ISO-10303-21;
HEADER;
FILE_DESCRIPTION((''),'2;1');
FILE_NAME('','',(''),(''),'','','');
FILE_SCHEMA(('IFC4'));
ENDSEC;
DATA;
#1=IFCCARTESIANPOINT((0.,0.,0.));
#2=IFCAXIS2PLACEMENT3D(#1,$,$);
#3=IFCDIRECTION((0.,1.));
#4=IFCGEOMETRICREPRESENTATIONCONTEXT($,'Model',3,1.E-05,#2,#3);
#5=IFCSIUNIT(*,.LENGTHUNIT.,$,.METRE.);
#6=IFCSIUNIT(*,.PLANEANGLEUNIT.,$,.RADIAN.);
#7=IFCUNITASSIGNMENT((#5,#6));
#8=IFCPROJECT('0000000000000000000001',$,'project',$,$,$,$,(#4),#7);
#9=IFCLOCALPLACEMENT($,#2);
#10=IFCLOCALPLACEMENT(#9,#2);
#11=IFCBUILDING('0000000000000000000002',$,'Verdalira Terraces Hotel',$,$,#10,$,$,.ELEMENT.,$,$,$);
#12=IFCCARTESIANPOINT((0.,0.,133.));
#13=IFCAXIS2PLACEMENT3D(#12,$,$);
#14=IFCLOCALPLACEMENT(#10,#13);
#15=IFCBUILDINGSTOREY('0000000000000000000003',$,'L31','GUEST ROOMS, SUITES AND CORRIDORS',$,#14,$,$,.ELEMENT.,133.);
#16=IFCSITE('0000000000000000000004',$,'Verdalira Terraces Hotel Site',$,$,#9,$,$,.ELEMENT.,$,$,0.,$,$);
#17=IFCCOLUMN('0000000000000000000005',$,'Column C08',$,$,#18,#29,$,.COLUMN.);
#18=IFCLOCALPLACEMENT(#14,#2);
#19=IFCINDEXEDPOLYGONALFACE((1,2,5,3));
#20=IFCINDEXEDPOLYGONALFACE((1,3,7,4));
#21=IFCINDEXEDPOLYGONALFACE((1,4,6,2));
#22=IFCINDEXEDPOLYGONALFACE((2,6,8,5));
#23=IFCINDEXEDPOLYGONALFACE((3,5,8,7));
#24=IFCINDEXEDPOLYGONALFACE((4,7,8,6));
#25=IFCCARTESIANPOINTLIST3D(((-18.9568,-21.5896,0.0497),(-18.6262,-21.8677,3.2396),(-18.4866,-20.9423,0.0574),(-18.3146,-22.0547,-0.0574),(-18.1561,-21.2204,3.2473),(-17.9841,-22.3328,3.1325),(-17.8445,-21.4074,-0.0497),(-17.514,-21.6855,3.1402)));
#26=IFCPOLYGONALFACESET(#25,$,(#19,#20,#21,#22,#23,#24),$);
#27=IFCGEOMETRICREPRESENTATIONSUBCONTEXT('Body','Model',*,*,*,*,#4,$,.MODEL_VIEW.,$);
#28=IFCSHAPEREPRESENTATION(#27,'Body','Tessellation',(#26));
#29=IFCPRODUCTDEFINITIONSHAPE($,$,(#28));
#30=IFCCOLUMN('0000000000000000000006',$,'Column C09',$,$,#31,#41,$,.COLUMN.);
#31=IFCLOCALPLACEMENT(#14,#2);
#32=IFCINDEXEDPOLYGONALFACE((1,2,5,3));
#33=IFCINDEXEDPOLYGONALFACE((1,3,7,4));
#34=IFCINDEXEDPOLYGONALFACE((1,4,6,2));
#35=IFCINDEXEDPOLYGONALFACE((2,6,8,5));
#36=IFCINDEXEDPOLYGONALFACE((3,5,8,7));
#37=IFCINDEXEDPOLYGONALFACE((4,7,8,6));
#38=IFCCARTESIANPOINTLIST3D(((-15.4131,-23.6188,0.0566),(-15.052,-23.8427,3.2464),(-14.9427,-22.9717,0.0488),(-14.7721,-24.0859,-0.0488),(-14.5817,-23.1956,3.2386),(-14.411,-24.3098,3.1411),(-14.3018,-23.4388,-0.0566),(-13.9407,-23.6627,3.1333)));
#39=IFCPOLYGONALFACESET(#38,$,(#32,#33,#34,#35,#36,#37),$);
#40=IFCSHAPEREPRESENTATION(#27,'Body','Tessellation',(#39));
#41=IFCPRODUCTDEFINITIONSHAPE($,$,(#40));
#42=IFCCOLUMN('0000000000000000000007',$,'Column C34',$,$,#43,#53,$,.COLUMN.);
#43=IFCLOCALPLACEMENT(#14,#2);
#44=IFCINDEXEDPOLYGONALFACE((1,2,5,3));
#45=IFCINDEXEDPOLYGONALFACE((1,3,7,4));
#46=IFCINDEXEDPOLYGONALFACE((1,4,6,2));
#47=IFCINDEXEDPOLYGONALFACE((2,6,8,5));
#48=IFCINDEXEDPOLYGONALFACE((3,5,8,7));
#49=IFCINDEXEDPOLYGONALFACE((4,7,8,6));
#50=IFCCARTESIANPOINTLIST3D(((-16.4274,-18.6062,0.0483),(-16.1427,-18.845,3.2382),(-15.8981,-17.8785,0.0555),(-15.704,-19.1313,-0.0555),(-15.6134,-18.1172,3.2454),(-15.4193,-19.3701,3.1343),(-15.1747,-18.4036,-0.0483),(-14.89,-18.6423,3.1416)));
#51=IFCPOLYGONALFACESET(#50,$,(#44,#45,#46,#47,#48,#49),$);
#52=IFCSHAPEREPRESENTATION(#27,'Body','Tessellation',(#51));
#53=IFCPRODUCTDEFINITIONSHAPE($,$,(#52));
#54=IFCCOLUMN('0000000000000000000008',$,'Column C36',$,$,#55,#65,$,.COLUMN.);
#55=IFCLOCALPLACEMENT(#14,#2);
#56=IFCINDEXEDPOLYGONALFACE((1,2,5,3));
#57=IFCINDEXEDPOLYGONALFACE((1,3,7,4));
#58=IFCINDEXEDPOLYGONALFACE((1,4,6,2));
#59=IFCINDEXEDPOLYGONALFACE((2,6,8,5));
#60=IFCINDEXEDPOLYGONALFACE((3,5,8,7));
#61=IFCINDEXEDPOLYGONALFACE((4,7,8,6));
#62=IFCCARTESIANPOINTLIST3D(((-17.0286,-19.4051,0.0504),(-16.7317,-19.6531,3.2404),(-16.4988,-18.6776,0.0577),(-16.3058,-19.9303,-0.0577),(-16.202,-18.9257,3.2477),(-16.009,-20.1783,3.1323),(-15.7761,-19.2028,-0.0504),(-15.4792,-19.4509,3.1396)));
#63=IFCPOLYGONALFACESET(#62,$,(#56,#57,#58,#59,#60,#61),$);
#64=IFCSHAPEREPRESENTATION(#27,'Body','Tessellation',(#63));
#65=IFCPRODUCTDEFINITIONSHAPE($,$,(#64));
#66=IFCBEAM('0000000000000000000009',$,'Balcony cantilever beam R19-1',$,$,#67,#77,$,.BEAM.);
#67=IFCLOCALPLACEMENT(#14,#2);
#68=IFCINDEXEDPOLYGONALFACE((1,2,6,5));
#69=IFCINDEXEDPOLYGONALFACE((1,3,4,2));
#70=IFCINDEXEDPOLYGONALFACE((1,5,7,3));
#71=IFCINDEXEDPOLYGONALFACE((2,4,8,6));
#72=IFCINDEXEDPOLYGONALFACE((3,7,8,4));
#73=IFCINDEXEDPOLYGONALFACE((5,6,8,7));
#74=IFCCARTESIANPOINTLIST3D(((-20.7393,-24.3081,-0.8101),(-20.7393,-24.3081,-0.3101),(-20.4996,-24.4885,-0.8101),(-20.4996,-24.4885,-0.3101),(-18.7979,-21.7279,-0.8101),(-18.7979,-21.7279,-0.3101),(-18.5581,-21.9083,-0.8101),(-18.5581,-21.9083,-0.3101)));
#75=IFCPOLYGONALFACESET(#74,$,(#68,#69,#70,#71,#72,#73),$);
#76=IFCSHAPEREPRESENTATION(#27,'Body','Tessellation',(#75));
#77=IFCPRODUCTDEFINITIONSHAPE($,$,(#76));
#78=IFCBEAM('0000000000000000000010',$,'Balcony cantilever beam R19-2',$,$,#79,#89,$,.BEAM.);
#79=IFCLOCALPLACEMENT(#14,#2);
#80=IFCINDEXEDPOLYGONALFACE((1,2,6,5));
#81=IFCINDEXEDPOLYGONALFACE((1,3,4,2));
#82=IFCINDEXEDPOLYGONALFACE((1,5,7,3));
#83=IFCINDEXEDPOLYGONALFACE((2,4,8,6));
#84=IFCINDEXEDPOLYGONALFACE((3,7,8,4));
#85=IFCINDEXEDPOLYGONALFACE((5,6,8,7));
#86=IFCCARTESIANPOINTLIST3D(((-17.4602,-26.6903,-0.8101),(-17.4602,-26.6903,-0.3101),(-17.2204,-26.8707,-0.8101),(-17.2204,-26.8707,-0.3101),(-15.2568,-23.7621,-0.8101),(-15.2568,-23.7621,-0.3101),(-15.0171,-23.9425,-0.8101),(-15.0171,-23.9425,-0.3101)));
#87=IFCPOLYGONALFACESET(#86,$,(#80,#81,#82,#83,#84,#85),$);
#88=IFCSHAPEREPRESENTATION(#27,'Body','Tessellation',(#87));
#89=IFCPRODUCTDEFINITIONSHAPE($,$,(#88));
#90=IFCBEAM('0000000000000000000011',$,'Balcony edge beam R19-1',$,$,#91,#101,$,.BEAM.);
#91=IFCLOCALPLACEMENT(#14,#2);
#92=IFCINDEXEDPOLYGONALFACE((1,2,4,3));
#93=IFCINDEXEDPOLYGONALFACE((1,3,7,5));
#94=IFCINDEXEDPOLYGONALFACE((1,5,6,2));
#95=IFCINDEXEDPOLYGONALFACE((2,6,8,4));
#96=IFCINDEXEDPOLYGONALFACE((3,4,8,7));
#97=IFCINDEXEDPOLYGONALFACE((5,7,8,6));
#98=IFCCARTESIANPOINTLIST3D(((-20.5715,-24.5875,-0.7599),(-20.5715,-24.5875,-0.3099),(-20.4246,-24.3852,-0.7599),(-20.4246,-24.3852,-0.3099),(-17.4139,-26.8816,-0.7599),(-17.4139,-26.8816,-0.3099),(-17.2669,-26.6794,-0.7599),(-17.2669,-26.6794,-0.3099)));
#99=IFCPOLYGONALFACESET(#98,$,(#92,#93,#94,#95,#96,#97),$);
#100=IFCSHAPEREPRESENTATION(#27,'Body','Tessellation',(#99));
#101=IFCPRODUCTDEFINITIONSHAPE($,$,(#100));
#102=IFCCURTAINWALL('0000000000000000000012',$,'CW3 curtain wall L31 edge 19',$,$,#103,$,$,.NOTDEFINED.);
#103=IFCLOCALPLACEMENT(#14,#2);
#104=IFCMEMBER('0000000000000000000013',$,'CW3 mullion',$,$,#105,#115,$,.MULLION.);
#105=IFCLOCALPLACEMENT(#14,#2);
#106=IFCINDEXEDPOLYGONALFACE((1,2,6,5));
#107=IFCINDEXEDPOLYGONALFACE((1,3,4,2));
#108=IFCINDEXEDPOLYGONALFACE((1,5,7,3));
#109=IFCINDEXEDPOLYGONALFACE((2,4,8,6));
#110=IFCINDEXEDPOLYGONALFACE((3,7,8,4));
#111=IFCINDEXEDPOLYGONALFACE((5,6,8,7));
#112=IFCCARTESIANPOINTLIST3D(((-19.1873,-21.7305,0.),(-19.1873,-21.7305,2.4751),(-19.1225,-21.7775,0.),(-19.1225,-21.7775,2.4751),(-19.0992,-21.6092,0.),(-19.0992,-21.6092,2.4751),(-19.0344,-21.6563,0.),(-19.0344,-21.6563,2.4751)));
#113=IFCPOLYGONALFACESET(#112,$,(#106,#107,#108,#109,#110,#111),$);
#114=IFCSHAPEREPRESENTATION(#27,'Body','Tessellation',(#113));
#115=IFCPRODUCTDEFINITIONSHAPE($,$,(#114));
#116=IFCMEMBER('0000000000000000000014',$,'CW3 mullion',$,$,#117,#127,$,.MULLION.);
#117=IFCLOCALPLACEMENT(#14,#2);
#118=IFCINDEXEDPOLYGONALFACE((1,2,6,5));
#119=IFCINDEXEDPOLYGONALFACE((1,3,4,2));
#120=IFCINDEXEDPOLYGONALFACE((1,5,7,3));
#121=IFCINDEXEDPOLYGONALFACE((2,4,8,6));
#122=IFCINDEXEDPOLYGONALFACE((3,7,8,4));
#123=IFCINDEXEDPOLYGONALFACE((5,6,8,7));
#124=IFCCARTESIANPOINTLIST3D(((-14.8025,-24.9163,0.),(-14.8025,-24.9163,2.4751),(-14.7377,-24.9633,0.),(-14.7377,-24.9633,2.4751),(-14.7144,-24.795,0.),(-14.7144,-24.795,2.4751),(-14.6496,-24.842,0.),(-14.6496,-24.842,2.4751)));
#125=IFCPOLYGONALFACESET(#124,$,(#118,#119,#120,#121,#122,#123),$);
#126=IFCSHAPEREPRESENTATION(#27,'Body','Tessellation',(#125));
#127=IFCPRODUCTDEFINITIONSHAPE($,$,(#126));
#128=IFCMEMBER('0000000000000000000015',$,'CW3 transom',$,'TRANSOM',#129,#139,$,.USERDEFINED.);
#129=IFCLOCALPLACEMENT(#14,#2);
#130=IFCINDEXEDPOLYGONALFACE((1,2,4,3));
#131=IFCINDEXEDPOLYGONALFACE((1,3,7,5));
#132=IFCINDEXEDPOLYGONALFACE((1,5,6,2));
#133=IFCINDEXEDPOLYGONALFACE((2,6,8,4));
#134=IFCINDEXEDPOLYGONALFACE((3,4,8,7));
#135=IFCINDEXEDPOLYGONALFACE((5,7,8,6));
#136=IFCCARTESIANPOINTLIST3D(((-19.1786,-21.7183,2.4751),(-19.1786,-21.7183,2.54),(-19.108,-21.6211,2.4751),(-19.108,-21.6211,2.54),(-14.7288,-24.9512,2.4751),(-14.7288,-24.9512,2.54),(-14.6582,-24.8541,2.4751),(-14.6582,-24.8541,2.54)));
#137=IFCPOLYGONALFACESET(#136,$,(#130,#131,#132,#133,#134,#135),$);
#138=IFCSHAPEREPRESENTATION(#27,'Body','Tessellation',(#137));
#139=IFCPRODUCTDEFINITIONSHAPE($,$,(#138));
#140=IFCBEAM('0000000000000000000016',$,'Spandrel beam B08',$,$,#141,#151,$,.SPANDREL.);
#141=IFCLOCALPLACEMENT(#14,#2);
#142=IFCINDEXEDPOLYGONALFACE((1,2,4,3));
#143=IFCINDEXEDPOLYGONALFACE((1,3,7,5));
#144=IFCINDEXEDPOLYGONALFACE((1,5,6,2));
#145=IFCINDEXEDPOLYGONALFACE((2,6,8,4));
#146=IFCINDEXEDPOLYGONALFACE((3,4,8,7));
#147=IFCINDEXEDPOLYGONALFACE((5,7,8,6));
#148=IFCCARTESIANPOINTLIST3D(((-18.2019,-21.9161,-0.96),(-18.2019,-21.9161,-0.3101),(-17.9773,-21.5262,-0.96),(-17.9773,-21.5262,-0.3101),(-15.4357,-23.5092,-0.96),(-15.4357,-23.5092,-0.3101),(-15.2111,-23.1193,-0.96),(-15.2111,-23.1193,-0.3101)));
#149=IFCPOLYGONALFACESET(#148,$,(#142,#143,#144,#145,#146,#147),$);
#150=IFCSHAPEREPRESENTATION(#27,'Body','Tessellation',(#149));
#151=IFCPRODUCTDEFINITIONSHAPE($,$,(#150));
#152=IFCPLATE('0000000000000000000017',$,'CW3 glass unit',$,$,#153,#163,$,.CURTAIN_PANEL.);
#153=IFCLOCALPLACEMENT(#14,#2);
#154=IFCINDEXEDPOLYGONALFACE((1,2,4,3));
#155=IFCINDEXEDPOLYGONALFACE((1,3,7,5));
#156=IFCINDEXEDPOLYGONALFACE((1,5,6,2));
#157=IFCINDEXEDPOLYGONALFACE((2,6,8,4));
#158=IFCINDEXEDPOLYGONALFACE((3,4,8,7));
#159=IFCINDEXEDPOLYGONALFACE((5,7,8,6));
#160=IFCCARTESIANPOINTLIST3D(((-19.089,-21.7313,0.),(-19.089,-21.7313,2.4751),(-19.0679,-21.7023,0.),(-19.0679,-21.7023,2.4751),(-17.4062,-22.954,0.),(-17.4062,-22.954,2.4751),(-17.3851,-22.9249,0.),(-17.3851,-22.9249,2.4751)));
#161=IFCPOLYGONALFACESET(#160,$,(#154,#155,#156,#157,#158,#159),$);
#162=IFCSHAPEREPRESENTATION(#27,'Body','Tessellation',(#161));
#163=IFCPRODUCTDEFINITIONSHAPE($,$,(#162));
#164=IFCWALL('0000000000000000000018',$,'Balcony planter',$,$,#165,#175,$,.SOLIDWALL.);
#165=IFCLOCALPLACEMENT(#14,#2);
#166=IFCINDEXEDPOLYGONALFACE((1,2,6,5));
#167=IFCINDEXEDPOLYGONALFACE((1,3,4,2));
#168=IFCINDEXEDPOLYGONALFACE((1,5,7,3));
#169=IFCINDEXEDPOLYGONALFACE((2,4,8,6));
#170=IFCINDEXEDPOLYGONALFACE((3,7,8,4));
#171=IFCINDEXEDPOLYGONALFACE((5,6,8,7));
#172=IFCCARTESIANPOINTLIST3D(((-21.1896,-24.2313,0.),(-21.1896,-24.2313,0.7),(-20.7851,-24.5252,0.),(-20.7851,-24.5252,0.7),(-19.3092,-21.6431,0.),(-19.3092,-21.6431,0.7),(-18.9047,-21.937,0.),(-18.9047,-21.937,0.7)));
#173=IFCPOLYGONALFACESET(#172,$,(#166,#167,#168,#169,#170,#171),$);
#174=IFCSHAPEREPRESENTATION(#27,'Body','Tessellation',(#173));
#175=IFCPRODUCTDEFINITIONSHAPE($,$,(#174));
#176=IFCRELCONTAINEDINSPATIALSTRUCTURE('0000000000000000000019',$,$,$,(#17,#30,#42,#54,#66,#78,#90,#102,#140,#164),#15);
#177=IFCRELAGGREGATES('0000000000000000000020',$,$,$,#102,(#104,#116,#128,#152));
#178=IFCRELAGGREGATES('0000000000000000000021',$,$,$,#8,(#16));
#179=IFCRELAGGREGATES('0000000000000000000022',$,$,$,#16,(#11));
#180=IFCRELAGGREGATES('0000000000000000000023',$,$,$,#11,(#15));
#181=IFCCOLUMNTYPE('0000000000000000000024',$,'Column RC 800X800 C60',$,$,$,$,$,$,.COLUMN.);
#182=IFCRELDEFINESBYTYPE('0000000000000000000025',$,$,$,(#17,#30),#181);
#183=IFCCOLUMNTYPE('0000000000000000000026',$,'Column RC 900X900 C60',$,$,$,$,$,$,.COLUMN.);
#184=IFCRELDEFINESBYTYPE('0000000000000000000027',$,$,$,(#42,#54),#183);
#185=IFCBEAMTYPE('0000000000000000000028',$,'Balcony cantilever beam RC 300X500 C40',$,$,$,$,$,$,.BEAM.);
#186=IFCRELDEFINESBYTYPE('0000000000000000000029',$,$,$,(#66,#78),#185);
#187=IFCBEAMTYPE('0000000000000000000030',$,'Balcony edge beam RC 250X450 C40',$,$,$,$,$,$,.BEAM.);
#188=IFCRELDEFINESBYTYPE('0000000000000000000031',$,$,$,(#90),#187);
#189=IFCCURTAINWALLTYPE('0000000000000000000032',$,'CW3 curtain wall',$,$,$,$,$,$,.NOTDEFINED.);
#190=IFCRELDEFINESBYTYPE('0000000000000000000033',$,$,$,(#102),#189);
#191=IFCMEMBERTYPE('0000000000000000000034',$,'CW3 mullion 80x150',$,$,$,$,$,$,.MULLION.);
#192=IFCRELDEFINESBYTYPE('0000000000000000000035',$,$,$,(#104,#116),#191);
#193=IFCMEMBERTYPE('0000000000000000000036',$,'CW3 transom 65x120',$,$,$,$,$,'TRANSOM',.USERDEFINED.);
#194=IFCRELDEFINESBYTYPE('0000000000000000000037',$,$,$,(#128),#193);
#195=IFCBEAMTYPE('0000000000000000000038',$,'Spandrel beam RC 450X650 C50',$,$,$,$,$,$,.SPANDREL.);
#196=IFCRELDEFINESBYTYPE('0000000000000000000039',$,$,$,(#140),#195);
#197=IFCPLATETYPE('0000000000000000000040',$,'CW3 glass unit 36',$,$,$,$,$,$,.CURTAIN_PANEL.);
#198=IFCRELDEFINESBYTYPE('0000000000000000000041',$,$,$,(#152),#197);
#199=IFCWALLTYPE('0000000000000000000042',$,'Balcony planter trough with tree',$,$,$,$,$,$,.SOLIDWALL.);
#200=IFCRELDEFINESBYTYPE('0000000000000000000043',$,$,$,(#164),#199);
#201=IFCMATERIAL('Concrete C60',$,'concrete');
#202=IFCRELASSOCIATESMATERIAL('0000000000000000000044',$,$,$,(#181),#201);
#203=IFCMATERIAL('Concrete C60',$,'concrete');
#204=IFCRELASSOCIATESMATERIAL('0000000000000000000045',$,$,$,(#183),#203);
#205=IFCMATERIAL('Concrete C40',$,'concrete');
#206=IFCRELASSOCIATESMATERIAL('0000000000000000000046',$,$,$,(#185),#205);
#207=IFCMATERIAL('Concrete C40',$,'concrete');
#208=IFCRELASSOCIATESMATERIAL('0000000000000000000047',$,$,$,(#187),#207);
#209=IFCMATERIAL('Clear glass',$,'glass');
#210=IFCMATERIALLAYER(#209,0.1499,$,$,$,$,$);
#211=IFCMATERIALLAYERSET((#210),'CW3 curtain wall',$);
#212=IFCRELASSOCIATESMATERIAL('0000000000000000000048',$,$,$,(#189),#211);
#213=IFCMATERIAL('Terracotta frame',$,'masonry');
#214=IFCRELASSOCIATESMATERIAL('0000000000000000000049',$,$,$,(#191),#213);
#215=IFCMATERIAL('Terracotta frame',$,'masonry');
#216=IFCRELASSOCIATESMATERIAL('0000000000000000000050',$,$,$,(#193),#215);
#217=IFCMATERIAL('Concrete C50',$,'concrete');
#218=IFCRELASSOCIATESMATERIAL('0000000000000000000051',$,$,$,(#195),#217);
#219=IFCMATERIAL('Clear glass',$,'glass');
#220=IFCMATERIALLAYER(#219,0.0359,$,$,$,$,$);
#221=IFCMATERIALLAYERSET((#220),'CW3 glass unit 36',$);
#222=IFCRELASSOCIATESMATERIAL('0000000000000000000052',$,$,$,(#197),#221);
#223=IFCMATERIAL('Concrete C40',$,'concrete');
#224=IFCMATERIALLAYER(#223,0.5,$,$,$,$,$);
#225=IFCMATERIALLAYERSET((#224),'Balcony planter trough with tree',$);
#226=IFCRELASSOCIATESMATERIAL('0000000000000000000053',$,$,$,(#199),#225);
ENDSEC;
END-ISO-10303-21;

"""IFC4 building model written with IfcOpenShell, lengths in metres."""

from ifc_helpers import new_model, si_unit, direction, frame, frame_2d, origin, origin_2d, place, context, subcontext, project, spatial, rectangle, extrude, material, layer, layer_set, material_profile, profile_set, type_object, element, aggregate, save


model = new_model("IFC4")

# Units and contexts
model_context = context("Model", 3, precision=1e-05, world=origin(), true_north=direction((0.0, 1.0)))
body_context = subcontext(model_context, "Body", "Model", "MODEL_VIEW")
ifc_project = project(units=[si_unit("LENGTHUNIT", "METRE"), si_unit("PLANEANGLEUNIT", "RADIAN")], contexts=[model_context])

# Site, building, storey
site_placement = place(None, origin())
site = spatial("IfcSite", under=ifc_project, at=site_placement, Name="Verdalira Terraces Hotel Site", CompositionType="ELEMENT", RefElevation=0.0)
building_placement = place(site_placement, origin())
building = spatial("IfcBuilding", under=site, at=building_placement, Name="Verdalira Terraces Hotel", CompositionType="ELEMENT")
storey_placement = place(building_placement, frame((0.0, 0.0, 133.0)))
storey = spatial("IfcBuildingStorey", under=building, at=storey_placement, Name="L31", Description="GUEST ROOMS, SUITES AND CORRIDORS", CompositionType="ELEMENT", Elevation=133.0)

# Columns
ifc_material_1 = material(Name="Concrete C60", Category="concrete")
ifc_material_profile_1 = material_profile(ifc_material_1, rectangle(XDim=0.8, YDim=0.8, at=origin_2d()), Name="RC 800X800")
ifc_profile_set_1 = profile_set([ifc_material_profile_1], Name="Concrete C60")
column_type_1 = type_object("IfcColumnType", Name="Column RC 800X800 C60", PredefinedType="COLUMN", material=ifc_profile_set_1)
column_1_placement = place(storey_placement, frame((-18.4006, -21.4985, 0.0), z_axis=(0.10269, -0.086384, 0.990955), x_axis=(0.802592, -0.581319, -0.133846)))
element("IfcColumn", 1, at=column_1_placement, inside=storey, type_object=column_type_1, Name="Column C08", PredefinedType="COLUMN", context=body_context, shape_type="SweptSolid", body=[
    extrude(rectangle(XDim=0.8, YDim=0.8, at=origin_2d()), origin(), (0.0, 0.0, 1.0), 3.219),
])
column_2_placement = place(storey_placement, frame((-14.8574, -23.5288, 0.0), z_axis=(0.112204, -0.069568, 0.991247), x_axis=(0.801127, -0.583833, -0.131658)))
element("IfcColumn", 2, at=column_2_placement, inside=storey, type_object=column_type_1, Name="Column C09", PredefinedType="COLUMN", context=body_context, shape_type="SweptSolid", body=[
    extrude(rectangle(XDim=0.8, YDim=0.8, at=origin_2d()), origin(), (0.0, 0.0, 1.0), 3.218),
])
ifc_material_2 = material(Name="Concrete C60", Category="concrete")
ifc_material_profile_2 = material_profile(ifc_material_2, rectangle(XDim=0.8999, YDim=0.8999, at=origin_2d()), Name="RC 900X900")
ifc_profile_set_2 = profile_set([ifc_material_profile_2], Name="Concrete C60")
column_type_2 = type_object("IfcColumnType", Name="Column RC 900X900 C60", PredefinedType="COLUMN", material=ifc_profile_set_2)
column_3_placement = place(storey_placement, frame((-15.801, -18.5049, 0.0), z_axis=(0.08864, -0.074348, 0.993285), x_axis=(-0.588172, -0.808696, -0.008043)))
element("IfcColumn", 3, at=column_3_placement, inside=storey, type_object=column_type_2, Name="Column C34", PredefinedType="COLUMN", context=body_context, shape_type="SweptSolid", body=[
    extrude(rectangle(XDim=0.8999, YDim=0.8999, at=origin_2d()), origin(), (0.0, 0.0, 1.0), 3.2114),
])
column_4_placement = place(storey_placement, frame((-16.4023, -19.304, 0.0), z_axis=(0.092389, -0.077193, 0.992726), x_axis=(-0.588633, -0.80836, -0.008076)))
element("IfcColumn", 4, at=column_4_placement, inside=storey, type_object=column_type_2, Name="Column C36", PredefinedType="COLUMN", context=body_context, shape_type="SweptSolid", body=[
    extrude(rectangle(XDim=0.8999, YDim=0.8999, at=origin_2d()), origin(), (0.0, 0.0, 1.0), 3.2134),
])

# Beams
ifc_material_3 = material(Name="Concrete C40", Category="concrete")
ifc_material_profile_3 = material_profile(ifc_material_3, rectangle(XDim=0.3, YDim=0.5, at=origin_2d()), Name="RC 300X500")
ifc_profile_set_3 = profile_set([ifc_material_profile_3], Name="Concrete C40")
beam_type_1 = type_object("IfcBeamType", Name="Balcony cantilever beam RC 300X500 C40", PredefinedType="BEAM", material=ifc_profile_set_3)
beam_1_placement = place(storey_placement, frame((-18.678, -21.8181, -0.5601), z_axis=(-0.601257, -0.799055, 0.0), x_axis=(0.799055, -0.601257, 0.0)))
element("IfcBeam", 5, at=beam_1_placement, inside=storey, type_object=beam_type_1, Name="Balcony cantilever beam R19-1", PredefinedType="BEAM", context=body_context, shape_type="SweptSolid", body=[
    extrude(rectangle(XDim=0.3, YDim=0.5, at=origin_2d()), origin(), (0.0, 0.0, 1.0), 3.229),
])
beam_2_placement = place(storey_placement, frame((-15.137, -23.8523, -0.5601), z_axis=(-0.601257, -0.799056, 0.0), x_axis=(0.799056, -0.601257, 0.0)))
element("IfcBeam", 6, at=beam_2_placement, inside=storey, type_object=beam_type_1, Name="Balcony cantilever beam R19-2", PredefinedType="BEAM", context=body_context, shape_type="SweptSolid", body=[
    extrude(rectangle(XDim=0.3, YDim=0.5, at=origin_2d()), origin(), (0.0, 0.0, 1.0), 3.6646),
])
ifc_material_4 = material(Name="Concrete C40", Category="concrete")
ifc_material_profile_4 = material_profile(ifc_material_4, rectangle(XDim=0.25, YDim=0.45, at=origin_2d()), Name="RC 250X450")
ifc_profile_set_4 = profile_set([ifc_material_profile_4], Name="Concrete C40")
beam_type_2 = type_object("IfcBeamType", Name="Balcony edge beam RC 250X450 C40", PredefinedType="BEAM", material=ifc_profile_set_4)
beam_3_placement = place(storey_placement, frame((-20.498, -24.4863, -0.5349), z_axis=(0.80902, -0.587781, 0.0), x_axis=(0.587781, 0.80902, 0.0)))
element("IfcBeam", 7, at=beam_3_placement, inside=storey, type_object=beam_type_2, Name="Balcony edge beam R19-1", PredefinedType="BEAM", context=body_context, shape_type="SweptSolid", body=[
    extrude(rectangle(XDim=0.25, YDim=0.45, at=origin_2d()), origin(), (0.0, 0.0, 1.0), 3.9031),
])

# Curtain wall, members
ifc_material_5 = material(Name="Clear glass", Category="glass")
ifc_layer_1 = layer(ifc_material_5, 0.1499)
ifc_layer_set_1 = layer_set([ifc_layer_1], Name="CW3 curtain wall")
curtain_wall_type = type_object("IfcCurtainWallType", Name="CW3 curtain wall", PredefinedType="NOTDEFINED", material=ifc_layer_set_1)
curtain_wall_placement = place(storey_placement, origin())
curtain_wall = element("IfcCurtainWall", 8, at=curtain_wall_placement, inside=storey, type_object=curtain_wall_type, Name="CW3 curtain wall L31 edge 19", PredefinedType="NOTDEFINED")
ifc_material_6 = material(Name="Terracotta frame", Category="masonry")
ifc_material_profile_5 = material_profile(ifc_material_6, rectangle(XDim=0.0801, YDim=0.1499, at=origin_2d()), Name="MU 80x150")
ifc_profile_set_5 = profile_set([ifc_material_profile_5], Name="Terracotta frame")
member_type_1 = type_object("IfcMemberType", Name="CW3 mullion 80x150", PredefinedType="MULLION", material=ifc_profile_set_5)
member_1_placement = place(storey_placement, frame((-19.1108, -21.6934, 0.0), z_axis=(0.0, 0.0, 1.0), x_axis=(0.809017, -0.587785, 0.0)))
member_1 = element("IfcMember", 9, at=member_1_placement, type_object=member_type_1, Name="CW3 mullion", PredefinedType="MULLION", context=body_context, shape_type="SweptSolid", body=[
    extrude(rectangle(XDim=0.0801, YDim=0.1499, at=origin_2d()), origin(), (0.0, 0.0, 1.0), 2.4751),
])
member_2_placement = place(storey_placement, frame((-14.7261, -24.8791, 0.0), z_axis=(0.0, 0.0, 1.0), x_axis=(0.809017, -0.587785, 0.0)))
member_2 = element("IfcMember", 10, at=member_2_placement, type_object=member_type_1, Name="CW3 mullion", PredefinedType="MULLION", context=body_context, shape_type="SweptSolid", body=[
    extrude(rectangle(XDim=0.0801, YDim=0.1499, at=origin_2d()), origin(), (0.0, 0.0, 1.0), 2.4751),
])
ifc_material_7 = material(Name="Terracotta frame", Category="masonry")
ifc_material_profile_6 = material_profile(ifc_material_7, rectangle(XDim=0.1201, YDim=0.0649, at=origin_2d()), Name="TR 65x120")
ifc_profile_set_6 = profile_set([ifc_material_profile_6], Name="Terracotta frame")
member_type_2 = type_object("IfcMemberType", Name="CW3 transom 65x120", ElementType="TRANSOM", PredefinedType="USERDEFINED", material=ifc_profile_set_6)
member_3_placement = place(storey_placement, frame((-19.1433, -21.6697, 2.5076), z_axis=(0.809016, -0.587786, 0.0), x_axis=(0.587786, 0.809016, 0.0)))
member_3 = element("IfcMember", 11, at=member_3_placement, type_object=member_type_2, Name="CW3 transom", ObjectType="TRANSOM", PredefinedType="USERDEFINED", context=body_context, shape_type="SweptSolid", body=[
    extrude(rectangle(XDim=0.1201, YDim=0.0649, at=origin_2d()), origin(), (0.0, 0.0, 1.0), 5.5002),
])

# Beam
ifc_material_8 = material(Name="Concrete C50", Category="concrete")
ifc_material_profile_7 = material_profile(ifc_material_8, rectangle(XDim=0.45, YDim=0.6499, at=origin_2d()), Name="RC 450X650")
ifc_profile_set_7 = profile_set([ifc_material_profile_7], Name="Concrete C50")
beam_type_3 = type_object("IfcBeamType", Name="Spandrel beam RC 450X650 C50", PredefinedType="SPANDREL", material=ifc_profile_set_7)
beam_4_placement = place(storey_placement, frame((-18.0896, -21.7212, -0.635), z_axis=(0.866567, -0.49906, 0.0), x_axis=(0.49906, 0.866567, 0.0)))
element("IfcBeam", 12, at=beam_4_placement, inside=storey, type_object=beam_type_3, Name="Spandrel beam B08", PredefinedType="SPANDREL", context=body_context, shape_type="SweptSolid", body=[
    extrude(rectangle(XDim=0.45, YDim=0.6499, at=origin_2d()), origin(), (0.0, 0.0, 1.0), 3.1921),
])

# Plate
ifc_material_9 = material(Name="Clear glass", Category="glass")
ifc_layer_2 = layer(ifc_material_9, 0.0359)
ifc_layer_set_2 = layer_set([ifc_layer_2], Name="CW3 glass unit 36")
plate_type = type_object("IfcPlateType", Name="CW3 glass unit 36", PredefinedType="CURTAIN_PANEL", material=ifc_layer_set_2)
plate_placement = place(storey_placement, frame((-18.2371, -22.3281, 0.0), z_axis=(0.0, 0.0, 1.0), x_axis=(0.809017, -0.587785, 0.0)))
plate = element("IfcPlate", 13, at=plate_placement, type_object=plate_type, Name="CW3 glass unit", PredefinedType="CURTAIN_PANEL", context=body_context, shape_type="SweptSolid", body=[
    extrude(rectangle(XDim=2.0801, YDim=0.0359, at=origin_2d()), origin(), (0.0, 0.0, 1.0), 2.4751),
])
aggregate(curtain_wall, [member_1, member_2, member_3, plate])

# Wall
ifc_material_10 = material(Name="Concrete C40", Category="concrete")
ifc_layer_3 = layer(ifc_material_10, 0.5)
ifc_layer_set_3 = layer_set([ifc_layer_3], Name="Balcony planter trough with tree")
wall_type_1 = type_object("IfcWallType", Name="Balcony planter trough with tree", PredefinedType="SOLIDWALL", material=ifc_layer_set_3)
wall_1_placement = place(storey_placement, frame((-19.1069, -21.79, 0.0), z_axis=(0.0, 0.0, 1.0), x_axis=(-0.587781, -0.80902, 0.0)))
element("IfcWall", 14, at=wall_1_placement, inside=storey, type_object=wall_type_1, Name="Balcony planter", PredefinedType="SOLIDWALL", context=body_context, shape_type="SweptSolid", body=[
    extrude(rectangle(XDim=3.1992, YDim=0.5, at=frame_2d((1.5996, 0.0))), origin(), (0.0, 0.0, 1.0), 0.7),
])

save(model, "model.ifc")
